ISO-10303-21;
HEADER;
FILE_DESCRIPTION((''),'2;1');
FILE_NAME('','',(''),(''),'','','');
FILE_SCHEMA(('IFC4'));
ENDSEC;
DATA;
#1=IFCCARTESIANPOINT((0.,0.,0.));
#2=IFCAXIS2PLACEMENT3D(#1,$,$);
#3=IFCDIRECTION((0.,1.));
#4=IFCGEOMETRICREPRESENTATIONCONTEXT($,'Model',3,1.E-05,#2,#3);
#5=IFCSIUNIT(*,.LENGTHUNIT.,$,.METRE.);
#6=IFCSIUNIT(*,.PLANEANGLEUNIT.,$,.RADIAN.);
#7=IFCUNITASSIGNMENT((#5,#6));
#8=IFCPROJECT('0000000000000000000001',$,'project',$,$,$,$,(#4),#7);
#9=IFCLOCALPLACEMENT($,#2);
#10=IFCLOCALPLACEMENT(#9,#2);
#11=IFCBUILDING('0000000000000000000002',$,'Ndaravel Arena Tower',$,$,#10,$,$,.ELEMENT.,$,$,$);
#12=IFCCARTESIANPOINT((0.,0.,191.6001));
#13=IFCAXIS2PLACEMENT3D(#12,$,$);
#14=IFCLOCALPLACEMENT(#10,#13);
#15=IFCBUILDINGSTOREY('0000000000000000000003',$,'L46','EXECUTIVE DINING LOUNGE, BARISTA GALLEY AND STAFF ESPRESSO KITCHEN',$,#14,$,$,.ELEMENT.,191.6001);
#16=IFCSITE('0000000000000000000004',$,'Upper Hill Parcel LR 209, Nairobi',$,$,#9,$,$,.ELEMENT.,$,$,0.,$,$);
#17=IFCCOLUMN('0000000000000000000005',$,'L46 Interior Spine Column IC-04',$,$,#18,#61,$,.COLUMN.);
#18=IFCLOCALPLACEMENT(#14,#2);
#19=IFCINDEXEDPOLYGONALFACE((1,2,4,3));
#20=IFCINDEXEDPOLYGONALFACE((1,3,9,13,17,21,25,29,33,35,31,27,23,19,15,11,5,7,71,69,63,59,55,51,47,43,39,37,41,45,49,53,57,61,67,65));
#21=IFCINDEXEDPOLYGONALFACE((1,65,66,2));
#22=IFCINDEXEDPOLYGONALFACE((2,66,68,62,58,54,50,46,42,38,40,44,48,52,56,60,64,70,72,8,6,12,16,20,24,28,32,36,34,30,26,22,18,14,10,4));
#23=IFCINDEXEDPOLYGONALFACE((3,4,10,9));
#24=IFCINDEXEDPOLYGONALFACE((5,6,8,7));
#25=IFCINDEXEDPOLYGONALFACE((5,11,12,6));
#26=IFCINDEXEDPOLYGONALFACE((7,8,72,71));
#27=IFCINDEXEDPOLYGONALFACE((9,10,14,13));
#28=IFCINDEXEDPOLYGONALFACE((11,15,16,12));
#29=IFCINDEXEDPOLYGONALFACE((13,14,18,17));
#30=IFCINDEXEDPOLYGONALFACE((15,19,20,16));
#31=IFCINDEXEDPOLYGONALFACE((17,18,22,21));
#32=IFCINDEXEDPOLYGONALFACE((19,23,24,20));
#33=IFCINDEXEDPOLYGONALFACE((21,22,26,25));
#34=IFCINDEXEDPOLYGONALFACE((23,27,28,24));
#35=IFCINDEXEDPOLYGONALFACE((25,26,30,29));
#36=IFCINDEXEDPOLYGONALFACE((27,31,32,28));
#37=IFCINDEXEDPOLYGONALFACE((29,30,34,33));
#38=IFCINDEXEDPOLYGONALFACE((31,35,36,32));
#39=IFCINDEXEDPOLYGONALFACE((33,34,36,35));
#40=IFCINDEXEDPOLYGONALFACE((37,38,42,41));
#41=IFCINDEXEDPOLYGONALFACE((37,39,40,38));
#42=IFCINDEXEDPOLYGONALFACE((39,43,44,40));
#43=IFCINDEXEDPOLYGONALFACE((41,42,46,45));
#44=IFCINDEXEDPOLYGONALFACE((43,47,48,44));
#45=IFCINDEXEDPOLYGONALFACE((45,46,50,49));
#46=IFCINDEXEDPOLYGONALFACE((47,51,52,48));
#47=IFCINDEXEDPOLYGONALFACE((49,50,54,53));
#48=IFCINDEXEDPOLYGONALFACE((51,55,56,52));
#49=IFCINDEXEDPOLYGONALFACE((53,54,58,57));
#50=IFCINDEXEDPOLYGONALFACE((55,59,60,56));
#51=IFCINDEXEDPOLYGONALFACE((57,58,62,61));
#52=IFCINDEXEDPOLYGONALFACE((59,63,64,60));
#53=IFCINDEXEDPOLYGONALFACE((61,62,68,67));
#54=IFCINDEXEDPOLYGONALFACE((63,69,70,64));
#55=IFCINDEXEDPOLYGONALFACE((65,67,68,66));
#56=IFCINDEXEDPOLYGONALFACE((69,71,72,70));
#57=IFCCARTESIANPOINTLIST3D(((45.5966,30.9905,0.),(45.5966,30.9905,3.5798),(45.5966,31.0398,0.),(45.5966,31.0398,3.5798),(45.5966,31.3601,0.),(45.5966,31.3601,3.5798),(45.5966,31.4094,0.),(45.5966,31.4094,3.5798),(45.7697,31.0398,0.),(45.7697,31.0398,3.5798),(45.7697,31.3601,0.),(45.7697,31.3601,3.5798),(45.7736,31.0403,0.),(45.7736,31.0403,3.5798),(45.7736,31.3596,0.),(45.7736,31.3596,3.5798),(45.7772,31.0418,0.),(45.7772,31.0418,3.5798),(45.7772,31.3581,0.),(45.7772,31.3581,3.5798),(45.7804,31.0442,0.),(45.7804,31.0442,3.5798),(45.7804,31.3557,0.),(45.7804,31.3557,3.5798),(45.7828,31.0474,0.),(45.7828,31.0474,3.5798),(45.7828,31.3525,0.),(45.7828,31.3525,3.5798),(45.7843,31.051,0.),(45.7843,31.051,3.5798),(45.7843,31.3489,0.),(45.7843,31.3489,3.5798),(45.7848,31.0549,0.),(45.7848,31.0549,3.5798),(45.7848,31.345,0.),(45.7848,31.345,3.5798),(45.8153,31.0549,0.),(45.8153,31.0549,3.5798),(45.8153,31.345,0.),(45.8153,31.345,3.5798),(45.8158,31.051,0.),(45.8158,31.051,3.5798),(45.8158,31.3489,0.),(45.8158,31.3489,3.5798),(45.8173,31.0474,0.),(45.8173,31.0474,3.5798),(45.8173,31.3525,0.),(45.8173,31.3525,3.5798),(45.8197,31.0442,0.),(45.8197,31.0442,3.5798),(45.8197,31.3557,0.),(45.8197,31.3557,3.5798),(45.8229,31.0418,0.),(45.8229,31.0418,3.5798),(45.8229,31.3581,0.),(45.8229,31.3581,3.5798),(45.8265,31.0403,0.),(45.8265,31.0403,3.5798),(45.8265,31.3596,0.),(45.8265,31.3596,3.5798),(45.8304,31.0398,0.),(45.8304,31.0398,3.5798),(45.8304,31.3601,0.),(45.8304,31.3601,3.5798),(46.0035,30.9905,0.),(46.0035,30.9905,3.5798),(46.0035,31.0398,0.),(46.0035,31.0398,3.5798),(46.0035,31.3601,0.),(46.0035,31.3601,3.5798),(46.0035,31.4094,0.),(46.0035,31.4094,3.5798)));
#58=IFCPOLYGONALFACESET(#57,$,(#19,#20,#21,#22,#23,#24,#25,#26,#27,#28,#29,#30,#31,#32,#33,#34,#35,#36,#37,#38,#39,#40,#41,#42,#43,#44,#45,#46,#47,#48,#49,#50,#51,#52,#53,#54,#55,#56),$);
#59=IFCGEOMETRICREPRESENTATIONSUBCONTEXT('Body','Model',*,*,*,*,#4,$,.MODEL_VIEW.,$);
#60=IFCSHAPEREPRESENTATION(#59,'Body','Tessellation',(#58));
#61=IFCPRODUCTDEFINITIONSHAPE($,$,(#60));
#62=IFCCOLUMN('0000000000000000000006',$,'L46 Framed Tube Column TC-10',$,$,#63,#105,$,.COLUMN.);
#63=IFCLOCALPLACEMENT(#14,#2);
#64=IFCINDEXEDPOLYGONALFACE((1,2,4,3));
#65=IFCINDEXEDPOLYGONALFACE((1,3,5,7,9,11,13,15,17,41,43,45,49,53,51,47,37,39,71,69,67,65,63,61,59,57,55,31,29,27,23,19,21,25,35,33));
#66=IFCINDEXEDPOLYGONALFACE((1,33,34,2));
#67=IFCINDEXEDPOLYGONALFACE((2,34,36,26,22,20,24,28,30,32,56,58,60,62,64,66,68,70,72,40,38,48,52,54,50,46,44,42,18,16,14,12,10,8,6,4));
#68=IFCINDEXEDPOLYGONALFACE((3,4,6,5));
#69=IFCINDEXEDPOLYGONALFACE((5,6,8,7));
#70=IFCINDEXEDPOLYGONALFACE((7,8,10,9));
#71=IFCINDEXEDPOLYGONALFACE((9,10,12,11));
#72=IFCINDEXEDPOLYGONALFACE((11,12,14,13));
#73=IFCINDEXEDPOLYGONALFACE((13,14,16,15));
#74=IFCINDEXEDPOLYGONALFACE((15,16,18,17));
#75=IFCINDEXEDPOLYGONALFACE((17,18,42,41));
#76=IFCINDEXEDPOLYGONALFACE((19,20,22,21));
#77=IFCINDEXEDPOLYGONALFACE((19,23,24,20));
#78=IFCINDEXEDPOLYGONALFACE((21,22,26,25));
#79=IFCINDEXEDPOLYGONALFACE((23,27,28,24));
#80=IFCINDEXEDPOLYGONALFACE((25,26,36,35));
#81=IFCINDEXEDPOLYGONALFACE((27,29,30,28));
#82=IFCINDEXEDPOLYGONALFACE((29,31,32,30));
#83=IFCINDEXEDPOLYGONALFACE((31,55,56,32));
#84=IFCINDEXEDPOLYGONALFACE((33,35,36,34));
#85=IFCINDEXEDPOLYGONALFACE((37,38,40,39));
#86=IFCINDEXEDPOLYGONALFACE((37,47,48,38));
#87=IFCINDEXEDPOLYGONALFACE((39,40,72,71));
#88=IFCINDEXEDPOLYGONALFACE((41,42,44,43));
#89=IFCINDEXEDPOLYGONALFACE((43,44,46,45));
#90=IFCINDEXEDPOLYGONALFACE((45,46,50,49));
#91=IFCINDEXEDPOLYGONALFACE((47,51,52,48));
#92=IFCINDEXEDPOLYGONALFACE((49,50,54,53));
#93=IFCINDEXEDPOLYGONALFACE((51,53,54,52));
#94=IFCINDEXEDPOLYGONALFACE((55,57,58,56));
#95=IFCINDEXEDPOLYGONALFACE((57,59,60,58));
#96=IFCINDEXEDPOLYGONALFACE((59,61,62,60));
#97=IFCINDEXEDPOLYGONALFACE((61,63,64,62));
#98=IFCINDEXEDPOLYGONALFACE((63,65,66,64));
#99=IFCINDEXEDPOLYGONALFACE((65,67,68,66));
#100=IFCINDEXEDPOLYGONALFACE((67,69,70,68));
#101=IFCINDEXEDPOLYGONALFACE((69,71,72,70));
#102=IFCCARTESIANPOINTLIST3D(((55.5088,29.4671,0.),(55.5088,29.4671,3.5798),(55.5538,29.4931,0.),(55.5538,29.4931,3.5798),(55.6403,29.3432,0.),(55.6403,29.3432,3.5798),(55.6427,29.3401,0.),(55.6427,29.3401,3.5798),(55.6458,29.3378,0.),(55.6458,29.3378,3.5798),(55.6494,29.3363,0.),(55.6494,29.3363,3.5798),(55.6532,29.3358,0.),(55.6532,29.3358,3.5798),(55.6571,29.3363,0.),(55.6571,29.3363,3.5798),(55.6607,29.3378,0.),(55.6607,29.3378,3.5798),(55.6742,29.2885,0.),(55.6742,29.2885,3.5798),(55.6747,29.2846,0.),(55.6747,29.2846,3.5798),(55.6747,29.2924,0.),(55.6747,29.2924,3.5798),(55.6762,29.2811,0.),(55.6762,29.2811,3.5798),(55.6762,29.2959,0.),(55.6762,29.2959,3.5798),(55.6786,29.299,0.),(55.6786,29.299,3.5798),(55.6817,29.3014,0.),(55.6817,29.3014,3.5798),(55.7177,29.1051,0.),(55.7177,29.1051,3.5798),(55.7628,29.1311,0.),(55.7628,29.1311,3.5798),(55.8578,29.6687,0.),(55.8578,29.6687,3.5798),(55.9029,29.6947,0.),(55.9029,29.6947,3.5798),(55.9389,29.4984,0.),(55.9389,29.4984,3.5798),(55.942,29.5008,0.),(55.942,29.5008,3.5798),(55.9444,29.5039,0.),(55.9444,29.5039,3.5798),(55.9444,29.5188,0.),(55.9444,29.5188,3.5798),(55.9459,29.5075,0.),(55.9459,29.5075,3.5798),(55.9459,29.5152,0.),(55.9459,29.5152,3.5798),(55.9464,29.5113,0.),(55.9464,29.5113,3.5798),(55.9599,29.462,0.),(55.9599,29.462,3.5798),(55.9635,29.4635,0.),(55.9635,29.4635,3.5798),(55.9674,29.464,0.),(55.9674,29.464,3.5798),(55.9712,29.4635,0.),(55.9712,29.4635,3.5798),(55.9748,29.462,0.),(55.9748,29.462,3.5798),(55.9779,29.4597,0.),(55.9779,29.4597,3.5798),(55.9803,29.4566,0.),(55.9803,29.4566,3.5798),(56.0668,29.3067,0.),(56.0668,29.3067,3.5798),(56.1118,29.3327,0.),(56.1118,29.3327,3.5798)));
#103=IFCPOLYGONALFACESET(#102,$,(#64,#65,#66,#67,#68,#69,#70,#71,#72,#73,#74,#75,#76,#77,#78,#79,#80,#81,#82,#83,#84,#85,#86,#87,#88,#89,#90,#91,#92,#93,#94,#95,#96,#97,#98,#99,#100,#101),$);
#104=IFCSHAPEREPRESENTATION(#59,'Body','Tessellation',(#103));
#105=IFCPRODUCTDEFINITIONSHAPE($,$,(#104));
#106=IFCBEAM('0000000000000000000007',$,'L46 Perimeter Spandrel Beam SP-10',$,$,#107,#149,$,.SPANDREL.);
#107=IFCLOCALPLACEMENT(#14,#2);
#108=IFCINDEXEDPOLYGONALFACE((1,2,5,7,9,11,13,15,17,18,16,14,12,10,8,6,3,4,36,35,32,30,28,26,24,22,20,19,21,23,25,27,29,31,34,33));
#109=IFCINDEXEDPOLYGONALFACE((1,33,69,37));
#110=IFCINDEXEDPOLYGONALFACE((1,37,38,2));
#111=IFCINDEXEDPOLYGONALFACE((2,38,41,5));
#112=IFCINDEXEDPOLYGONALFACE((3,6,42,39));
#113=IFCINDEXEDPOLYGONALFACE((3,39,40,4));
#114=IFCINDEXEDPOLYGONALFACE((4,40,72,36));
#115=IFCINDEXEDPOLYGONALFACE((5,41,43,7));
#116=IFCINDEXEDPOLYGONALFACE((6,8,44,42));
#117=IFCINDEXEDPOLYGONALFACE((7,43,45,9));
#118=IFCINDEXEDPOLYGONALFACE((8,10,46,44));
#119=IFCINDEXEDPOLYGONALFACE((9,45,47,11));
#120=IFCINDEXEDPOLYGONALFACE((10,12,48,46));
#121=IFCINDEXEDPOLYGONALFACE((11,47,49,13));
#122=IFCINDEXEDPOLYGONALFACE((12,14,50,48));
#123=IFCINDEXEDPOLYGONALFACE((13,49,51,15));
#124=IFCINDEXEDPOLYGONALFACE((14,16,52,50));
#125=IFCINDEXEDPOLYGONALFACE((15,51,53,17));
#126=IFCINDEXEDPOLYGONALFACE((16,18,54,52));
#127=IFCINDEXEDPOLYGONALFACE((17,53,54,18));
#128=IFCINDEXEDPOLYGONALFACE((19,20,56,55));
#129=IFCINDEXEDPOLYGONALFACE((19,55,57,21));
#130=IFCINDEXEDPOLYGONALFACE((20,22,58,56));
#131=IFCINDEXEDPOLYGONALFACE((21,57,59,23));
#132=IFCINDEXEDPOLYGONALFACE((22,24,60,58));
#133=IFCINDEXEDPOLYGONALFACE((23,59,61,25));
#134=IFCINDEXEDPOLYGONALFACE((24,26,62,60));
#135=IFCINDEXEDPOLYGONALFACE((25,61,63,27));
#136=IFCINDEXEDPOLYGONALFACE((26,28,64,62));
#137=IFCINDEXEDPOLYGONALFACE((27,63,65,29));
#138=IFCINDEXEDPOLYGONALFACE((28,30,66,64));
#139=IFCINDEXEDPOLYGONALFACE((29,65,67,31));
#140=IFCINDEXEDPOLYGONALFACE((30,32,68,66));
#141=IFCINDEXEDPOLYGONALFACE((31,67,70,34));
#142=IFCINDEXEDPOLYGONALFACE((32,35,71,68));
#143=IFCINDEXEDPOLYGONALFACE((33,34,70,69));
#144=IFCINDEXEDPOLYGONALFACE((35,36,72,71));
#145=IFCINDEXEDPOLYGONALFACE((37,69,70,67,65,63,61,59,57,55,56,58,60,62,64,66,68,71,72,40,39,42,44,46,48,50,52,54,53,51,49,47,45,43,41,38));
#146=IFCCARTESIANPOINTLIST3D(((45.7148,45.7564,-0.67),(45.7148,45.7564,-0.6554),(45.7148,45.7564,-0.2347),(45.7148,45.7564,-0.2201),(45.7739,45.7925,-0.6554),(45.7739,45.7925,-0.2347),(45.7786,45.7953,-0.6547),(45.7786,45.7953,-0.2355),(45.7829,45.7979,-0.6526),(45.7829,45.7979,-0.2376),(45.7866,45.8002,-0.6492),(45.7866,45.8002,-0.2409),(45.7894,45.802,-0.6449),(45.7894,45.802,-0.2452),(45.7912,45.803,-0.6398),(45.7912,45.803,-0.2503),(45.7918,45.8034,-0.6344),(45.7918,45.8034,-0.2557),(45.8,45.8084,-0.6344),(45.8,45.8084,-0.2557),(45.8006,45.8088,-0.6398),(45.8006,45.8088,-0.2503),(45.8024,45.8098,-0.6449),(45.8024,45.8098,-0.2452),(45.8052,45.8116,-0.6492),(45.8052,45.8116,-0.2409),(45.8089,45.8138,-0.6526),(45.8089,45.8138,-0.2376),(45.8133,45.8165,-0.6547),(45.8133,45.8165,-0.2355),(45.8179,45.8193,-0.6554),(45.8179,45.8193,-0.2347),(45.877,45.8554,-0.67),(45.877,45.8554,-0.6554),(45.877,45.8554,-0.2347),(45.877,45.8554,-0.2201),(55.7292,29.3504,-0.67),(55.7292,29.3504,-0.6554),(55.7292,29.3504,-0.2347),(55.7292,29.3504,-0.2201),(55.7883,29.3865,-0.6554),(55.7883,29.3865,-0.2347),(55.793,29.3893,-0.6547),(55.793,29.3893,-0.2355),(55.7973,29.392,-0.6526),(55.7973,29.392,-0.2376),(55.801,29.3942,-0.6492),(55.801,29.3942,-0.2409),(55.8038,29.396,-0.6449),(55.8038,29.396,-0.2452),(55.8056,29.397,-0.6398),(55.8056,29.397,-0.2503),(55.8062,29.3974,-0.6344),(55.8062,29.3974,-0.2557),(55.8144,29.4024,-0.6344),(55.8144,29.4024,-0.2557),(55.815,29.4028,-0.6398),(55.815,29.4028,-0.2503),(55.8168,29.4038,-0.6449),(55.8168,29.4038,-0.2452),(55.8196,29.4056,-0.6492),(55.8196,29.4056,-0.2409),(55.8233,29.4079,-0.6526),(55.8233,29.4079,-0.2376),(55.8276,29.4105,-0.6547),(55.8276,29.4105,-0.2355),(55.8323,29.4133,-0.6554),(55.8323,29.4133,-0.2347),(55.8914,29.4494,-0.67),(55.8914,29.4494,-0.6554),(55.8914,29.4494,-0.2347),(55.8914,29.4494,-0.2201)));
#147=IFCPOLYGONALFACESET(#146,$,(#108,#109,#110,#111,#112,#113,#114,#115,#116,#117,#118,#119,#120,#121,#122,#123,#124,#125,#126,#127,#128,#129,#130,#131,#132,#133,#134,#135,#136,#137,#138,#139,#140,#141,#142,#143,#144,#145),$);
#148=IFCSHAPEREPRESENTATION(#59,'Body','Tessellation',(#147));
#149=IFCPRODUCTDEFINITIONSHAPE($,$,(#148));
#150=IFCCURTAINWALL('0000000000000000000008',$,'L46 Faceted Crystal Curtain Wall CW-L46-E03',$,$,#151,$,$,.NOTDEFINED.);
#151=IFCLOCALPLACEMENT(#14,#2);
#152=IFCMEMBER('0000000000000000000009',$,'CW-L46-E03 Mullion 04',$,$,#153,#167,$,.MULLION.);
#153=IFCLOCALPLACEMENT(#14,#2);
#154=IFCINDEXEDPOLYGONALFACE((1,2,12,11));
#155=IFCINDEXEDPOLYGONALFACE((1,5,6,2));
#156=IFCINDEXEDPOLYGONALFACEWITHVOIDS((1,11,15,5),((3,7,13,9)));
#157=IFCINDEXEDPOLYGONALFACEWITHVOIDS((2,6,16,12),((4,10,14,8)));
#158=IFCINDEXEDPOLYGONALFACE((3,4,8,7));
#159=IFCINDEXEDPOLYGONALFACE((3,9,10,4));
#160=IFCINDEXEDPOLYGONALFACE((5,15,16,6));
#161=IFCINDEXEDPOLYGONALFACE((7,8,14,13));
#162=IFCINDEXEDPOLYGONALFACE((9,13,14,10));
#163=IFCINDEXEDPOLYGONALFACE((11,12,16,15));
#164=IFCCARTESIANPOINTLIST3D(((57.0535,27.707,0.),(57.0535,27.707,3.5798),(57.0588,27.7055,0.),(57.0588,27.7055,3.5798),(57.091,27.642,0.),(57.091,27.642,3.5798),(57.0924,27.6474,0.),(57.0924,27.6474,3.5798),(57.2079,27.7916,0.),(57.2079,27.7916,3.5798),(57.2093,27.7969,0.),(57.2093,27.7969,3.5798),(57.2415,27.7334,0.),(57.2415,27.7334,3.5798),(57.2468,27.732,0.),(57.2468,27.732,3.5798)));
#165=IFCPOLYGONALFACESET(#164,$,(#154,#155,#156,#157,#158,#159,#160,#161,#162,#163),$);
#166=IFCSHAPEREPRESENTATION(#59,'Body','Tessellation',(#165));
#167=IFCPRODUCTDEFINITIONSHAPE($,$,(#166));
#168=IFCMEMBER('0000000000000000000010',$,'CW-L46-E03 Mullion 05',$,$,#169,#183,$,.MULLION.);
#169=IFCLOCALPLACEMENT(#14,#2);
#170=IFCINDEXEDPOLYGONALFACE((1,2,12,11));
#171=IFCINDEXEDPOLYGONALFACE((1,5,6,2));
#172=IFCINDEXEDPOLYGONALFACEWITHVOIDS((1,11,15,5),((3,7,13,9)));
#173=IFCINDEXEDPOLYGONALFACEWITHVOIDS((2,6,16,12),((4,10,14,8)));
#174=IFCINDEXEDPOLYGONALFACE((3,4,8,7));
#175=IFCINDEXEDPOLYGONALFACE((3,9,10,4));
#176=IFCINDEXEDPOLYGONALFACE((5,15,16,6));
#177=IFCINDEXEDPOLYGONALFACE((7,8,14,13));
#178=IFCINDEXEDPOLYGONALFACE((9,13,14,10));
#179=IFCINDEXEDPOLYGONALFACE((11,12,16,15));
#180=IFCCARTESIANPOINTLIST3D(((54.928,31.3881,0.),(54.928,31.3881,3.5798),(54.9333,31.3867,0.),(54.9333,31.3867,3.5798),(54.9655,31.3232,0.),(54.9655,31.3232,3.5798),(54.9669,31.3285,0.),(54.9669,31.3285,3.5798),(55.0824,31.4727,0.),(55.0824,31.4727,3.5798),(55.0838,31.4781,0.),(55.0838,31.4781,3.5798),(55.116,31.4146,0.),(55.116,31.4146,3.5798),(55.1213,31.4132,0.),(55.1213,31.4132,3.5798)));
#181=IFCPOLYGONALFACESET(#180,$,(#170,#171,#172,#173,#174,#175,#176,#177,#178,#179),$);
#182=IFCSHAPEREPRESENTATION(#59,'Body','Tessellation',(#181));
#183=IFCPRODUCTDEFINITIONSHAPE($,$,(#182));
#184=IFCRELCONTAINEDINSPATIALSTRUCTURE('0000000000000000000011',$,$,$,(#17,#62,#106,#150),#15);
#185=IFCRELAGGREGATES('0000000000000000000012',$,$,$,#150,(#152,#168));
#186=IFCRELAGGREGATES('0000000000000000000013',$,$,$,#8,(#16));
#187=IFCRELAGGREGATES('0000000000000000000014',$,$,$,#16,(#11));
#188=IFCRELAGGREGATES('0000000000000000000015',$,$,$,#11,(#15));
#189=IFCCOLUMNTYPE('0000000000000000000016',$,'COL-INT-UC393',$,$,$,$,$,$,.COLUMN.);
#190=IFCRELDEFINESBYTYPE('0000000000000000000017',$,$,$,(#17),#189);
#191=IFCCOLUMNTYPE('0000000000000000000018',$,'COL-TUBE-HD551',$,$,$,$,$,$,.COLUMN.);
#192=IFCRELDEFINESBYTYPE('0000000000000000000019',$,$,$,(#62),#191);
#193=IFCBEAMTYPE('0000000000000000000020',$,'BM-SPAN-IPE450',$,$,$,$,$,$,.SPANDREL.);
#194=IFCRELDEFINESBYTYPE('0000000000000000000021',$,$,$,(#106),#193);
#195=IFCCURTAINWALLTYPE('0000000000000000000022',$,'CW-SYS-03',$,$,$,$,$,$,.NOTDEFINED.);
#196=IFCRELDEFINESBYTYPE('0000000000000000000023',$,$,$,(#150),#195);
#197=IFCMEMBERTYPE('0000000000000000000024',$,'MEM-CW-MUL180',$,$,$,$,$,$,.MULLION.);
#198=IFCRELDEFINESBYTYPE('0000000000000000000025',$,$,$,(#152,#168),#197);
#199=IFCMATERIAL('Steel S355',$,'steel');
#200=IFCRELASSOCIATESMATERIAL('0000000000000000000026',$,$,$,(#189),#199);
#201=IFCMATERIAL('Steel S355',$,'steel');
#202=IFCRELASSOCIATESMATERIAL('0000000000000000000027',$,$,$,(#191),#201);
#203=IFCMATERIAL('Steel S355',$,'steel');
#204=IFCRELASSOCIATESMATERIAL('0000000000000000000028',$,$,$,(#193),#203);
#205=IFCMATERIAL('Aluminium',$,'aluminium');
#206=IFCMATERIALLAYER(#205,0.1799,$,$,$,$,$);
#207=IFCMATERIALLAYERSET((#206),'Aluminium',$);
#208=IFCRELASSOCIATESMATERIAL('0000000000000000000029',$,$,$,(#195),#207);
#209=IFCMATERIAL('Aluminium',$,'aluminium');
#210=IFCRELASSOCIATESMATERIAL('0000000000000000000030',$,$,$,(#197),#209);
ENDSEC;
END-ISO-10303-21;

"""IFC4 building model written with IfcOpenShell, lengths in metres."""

from ifc_helpers import new_model, si_unit, direction, frame, origin, origin_2d, place, context, subcontext, project, spatial, hollow_rectangle, i_section, extrude, material, layer, layer_set, material_profile, profile_set, type_object, element, aggregate, save


model = new_model("IFC4")

# Units and contexts
model_context = context("Model", 3, precision=1e-05, world=origin(), true_north=direction((0.0, 1.0)))
body_context = subcontext(model_context, "Body", "Model", "MODEL_VIEW")
ifc_project = project(units=[si_unit("LENGTHUNIT", "METRE"), si_unit("PLANEANGLEUNIT", "RADIAN")], contexts=[model_context])

# Site, building, storey
site_placement = place(None, origin())
site = spatial("IfcSite", under=ifc_project, at=site_placement, Name="Upper Hill Parcel LR 209, Nairobi", CompositionType="ELEMENT", RefElevation=0.0)
building_placement = place(site_placement, origin())
building = spatial("IfcBuilding", under=site, at=building_placement, Name="Ndaravel Arena Tower", CompositionType="ELEMENT")
storey_placement = place(building_placement, frame((0.0, 0.0, 191.6001)))
storey = spatial("IfcBuildingStorey", under=building, at=storey_placement, Name="L46", Description="EXECUTIVE DINING LOUNGE, BARISTA GALLEY AND STAFF ESPRESSO KITCHEN", CompositionType="ELEMENT", Elevation=191.6001)

# Columns
ifc_material_1 = material(Name="Steel S355", Category="steel")
ifc_material_profile_1 = material_profile(ifc_material_1, i_section(OverallWidth=0.407, OverallDepth=0.4189, WebThickness=0.0305, FlangeThickness=0.0493, FilletRadius=0.0151, at=origin_2d()), Name="UC 356x406x393")
ifc_profile_set_1 = profile_set([ifc_material_profile_1], Name="Steel S355")
column_type_1 = type_object("IfcColumnType", Name="COL-INT-UC393", PredefinedType="COLUMN", material=ifc_profile_set_1)
column_1_placement = place(storey_placement, frame((45.8, 31.2, 0.0), z_axis=(0.0, 0.0, 1.0), x_axis=(1.0, 0.0, 0.0)))
element("IfcColumn", 1, at=column_1_placement, inside=storey, type_object=column_type_1, Name="L46 Interior Spine Column IC-04", PredefinedType="COLUMN", context=body_context, shape_type="SweptSolid", body=[
    extrude(i_section(OverallWidth=0.407, OverallDepth=0.4189, WebThickness=0.0305, FlangeThickness=0.0493, FilletRadius=0.0151, at=origin_2d()), origin(), (0.0, 0.0, 1.0), 3.5798),
])
ifc_material_2 = material(Name="Steel S355", Category="steel")
ifc_material_profile_2 = material_profile(ifc_material_2, i_section(OverallWidth=0.418, OverallDepth=0.4551, WebThickness=0.042, FlangeThickness=0.052, FilletRadius=0.0149, at=origin_2d()), Name="HD 400x551")
ifc_profile_set_2 = profile_set([ifc_material_profile_2], Name="Steel S355")
column_type_2 = type_object("IfcColumnType", Name="COL-TUBE-HD551", PredefinedType="COLUMN", material=ifc_profile_set_2)
column_2_placement = place(storey_placement, frame((55.8103, 29.3999, 0.0), z_axis=(0.0, 0.0, 1.0), x_axis=(-0.5, 0.866025, 0.0)))
element("IfcColumn", 2, at=column_2_placement, inside=storey, type_object=column_type_2, Name="L46 Framed Tube Column TC-10", PredefinedType="COLUMN", context=body_context, shape_type="SweptSolid", body=[
    extrude(i_section(OverallWidth=0.418, OverallDepth=0.4551, WebThickness=0.042, FlangeThickness=0.052, FilletRadius=0.0149, at=origin_2d()), origin(), (0.0, 0.0, 1.0), 3.5798),
])

# Beam
ifc_material_3 = material(Name="Steel S355", Category="steel")
ifc_material_profile_3 = material_profile(ifc_material_3, i_section(OverallWidth=0.1899, OverallDepth=0.45, WebThickness=0.0095, FlangeThickness=0.0146, FilletRadius=0.021, at=origin_2d()), Name="IPE 450")
ifc_profile_set_3 = profile_set([ifc_material_profile_3], Name="Steel S355")
beam_type = type_object("IfcBeamType", Name="BM-SPAN-IPE450", PredefinedType="SPANDREL", material=ifc_profile_set_3)
beam_placement = place(storey_placement, frame((55.8103, 29.3999, -0.4451), z_axis=(-0.521015, 0.853548, 0.0), x_axis=(-0.853548, -0.521015, 0.0)))
element("IfcBeam", 3, at=beam_placement, inside=storey, type_object=beam_type, Name="L46 Perimeter Spandrel Beam SP-10", PredefinedType="SPANDREL", context=body_context, shape_type="SweptSolid", body=[
    extrude(i_section(OverallWidth=0.1899, OverallDepth=0.45, WebThickness=0.0095, FlangeThickness=0.0146, FilletRadius=0.021, at=origin_2d()), origin(), (0.0, 0.0, 1.0), 19.2209),
])

# Curtain wall, members
ifc_material_4 = material(Name="Aluminium", Category="aluminium")
ifc_layer_1 = layer(ifc_material_4, 0.1799)
ifc_layer_set_1 = layer_set([ifc_layer_1], Name="Aluminium")
curtain_wall_type = type_object("IfcCurtainWallType", Name="CW-SYS-03", PredefinedType="NOTDEFINED", material=ifc_layer_set_1)
curtain_wall_placement = place(storey_placement, origin())
curtain_wall = element("IfcCurtainWall", 4, at=curtain_wall_placement, inside=storey, type_object=curtain_wall_type, Name="L46 Faceted Crystal Curtain Wall CW-L46-E03", PredefinedType="NOTDEFINED")
ifc_material_5 = material(Name="Aluminium", Category="aluminium")
ifc_material_profile_4 = material_profile(ifc_material_5, hollow_rectangle(XDim=0.075, YDim=0.1799, WallThickness=0.0039, at=origin_2d()), Name="CW MULLION 75x180x4")
ifc_profile_set_4 = profile_set([ifc_material_profile_4], Name="Aluminium")
member_type = type_object("IfcMemberType", Name="MEM-CW-MUL180", PredefinedType="MULLION", material=ifc_profile_set_4)
member_1_placement = place(storey_placement, frame((57.1501, 27.7195, 0.0), z_axis=(0.0, 0.0, 1.0), x_axis=(-0.5, 0.866025, 0.0)))
member_1 = element("IfcMember", 5, at=member_1_placement, type_object=member_type, Name="CW-L46-E03 Mullion 04", PredefinedType="MULLION", context=body_context, shape_type="SweptSolid", body=[
    extrude(hollow_rectangle(XDim=0.075, YDim=0.1799, WallThickness=0.0039, at=origin_2d()), origin(), (0.0, 0.0, 1.0), 3.5798),
])
member_2_placement = place(storey_placement, frame((55.0247, 31.4006, 0.0), z_axis=(0.0, 0.0, 1.0), x_axis=(-0.5, 0.866025, 0.0)))
member_2 = element("IfcMember", 6, at=member_2_placement, type_object=member_type, Name="CW-L46-E03 Mullion 05", PredefinedType="MULLION", context=body_context, shape_type="SweptSolid", body=[
    extrude(hollow_rectangle(XDim=0.075, YDim=0.1799, WallThickness=0.0039, at=origin_2d()), origin(), (0.0, 0.0, 1.0), 3.5798),
])
aggregate(curtain_wall, [member_1, member_2])

save(model, "model.ifc")
